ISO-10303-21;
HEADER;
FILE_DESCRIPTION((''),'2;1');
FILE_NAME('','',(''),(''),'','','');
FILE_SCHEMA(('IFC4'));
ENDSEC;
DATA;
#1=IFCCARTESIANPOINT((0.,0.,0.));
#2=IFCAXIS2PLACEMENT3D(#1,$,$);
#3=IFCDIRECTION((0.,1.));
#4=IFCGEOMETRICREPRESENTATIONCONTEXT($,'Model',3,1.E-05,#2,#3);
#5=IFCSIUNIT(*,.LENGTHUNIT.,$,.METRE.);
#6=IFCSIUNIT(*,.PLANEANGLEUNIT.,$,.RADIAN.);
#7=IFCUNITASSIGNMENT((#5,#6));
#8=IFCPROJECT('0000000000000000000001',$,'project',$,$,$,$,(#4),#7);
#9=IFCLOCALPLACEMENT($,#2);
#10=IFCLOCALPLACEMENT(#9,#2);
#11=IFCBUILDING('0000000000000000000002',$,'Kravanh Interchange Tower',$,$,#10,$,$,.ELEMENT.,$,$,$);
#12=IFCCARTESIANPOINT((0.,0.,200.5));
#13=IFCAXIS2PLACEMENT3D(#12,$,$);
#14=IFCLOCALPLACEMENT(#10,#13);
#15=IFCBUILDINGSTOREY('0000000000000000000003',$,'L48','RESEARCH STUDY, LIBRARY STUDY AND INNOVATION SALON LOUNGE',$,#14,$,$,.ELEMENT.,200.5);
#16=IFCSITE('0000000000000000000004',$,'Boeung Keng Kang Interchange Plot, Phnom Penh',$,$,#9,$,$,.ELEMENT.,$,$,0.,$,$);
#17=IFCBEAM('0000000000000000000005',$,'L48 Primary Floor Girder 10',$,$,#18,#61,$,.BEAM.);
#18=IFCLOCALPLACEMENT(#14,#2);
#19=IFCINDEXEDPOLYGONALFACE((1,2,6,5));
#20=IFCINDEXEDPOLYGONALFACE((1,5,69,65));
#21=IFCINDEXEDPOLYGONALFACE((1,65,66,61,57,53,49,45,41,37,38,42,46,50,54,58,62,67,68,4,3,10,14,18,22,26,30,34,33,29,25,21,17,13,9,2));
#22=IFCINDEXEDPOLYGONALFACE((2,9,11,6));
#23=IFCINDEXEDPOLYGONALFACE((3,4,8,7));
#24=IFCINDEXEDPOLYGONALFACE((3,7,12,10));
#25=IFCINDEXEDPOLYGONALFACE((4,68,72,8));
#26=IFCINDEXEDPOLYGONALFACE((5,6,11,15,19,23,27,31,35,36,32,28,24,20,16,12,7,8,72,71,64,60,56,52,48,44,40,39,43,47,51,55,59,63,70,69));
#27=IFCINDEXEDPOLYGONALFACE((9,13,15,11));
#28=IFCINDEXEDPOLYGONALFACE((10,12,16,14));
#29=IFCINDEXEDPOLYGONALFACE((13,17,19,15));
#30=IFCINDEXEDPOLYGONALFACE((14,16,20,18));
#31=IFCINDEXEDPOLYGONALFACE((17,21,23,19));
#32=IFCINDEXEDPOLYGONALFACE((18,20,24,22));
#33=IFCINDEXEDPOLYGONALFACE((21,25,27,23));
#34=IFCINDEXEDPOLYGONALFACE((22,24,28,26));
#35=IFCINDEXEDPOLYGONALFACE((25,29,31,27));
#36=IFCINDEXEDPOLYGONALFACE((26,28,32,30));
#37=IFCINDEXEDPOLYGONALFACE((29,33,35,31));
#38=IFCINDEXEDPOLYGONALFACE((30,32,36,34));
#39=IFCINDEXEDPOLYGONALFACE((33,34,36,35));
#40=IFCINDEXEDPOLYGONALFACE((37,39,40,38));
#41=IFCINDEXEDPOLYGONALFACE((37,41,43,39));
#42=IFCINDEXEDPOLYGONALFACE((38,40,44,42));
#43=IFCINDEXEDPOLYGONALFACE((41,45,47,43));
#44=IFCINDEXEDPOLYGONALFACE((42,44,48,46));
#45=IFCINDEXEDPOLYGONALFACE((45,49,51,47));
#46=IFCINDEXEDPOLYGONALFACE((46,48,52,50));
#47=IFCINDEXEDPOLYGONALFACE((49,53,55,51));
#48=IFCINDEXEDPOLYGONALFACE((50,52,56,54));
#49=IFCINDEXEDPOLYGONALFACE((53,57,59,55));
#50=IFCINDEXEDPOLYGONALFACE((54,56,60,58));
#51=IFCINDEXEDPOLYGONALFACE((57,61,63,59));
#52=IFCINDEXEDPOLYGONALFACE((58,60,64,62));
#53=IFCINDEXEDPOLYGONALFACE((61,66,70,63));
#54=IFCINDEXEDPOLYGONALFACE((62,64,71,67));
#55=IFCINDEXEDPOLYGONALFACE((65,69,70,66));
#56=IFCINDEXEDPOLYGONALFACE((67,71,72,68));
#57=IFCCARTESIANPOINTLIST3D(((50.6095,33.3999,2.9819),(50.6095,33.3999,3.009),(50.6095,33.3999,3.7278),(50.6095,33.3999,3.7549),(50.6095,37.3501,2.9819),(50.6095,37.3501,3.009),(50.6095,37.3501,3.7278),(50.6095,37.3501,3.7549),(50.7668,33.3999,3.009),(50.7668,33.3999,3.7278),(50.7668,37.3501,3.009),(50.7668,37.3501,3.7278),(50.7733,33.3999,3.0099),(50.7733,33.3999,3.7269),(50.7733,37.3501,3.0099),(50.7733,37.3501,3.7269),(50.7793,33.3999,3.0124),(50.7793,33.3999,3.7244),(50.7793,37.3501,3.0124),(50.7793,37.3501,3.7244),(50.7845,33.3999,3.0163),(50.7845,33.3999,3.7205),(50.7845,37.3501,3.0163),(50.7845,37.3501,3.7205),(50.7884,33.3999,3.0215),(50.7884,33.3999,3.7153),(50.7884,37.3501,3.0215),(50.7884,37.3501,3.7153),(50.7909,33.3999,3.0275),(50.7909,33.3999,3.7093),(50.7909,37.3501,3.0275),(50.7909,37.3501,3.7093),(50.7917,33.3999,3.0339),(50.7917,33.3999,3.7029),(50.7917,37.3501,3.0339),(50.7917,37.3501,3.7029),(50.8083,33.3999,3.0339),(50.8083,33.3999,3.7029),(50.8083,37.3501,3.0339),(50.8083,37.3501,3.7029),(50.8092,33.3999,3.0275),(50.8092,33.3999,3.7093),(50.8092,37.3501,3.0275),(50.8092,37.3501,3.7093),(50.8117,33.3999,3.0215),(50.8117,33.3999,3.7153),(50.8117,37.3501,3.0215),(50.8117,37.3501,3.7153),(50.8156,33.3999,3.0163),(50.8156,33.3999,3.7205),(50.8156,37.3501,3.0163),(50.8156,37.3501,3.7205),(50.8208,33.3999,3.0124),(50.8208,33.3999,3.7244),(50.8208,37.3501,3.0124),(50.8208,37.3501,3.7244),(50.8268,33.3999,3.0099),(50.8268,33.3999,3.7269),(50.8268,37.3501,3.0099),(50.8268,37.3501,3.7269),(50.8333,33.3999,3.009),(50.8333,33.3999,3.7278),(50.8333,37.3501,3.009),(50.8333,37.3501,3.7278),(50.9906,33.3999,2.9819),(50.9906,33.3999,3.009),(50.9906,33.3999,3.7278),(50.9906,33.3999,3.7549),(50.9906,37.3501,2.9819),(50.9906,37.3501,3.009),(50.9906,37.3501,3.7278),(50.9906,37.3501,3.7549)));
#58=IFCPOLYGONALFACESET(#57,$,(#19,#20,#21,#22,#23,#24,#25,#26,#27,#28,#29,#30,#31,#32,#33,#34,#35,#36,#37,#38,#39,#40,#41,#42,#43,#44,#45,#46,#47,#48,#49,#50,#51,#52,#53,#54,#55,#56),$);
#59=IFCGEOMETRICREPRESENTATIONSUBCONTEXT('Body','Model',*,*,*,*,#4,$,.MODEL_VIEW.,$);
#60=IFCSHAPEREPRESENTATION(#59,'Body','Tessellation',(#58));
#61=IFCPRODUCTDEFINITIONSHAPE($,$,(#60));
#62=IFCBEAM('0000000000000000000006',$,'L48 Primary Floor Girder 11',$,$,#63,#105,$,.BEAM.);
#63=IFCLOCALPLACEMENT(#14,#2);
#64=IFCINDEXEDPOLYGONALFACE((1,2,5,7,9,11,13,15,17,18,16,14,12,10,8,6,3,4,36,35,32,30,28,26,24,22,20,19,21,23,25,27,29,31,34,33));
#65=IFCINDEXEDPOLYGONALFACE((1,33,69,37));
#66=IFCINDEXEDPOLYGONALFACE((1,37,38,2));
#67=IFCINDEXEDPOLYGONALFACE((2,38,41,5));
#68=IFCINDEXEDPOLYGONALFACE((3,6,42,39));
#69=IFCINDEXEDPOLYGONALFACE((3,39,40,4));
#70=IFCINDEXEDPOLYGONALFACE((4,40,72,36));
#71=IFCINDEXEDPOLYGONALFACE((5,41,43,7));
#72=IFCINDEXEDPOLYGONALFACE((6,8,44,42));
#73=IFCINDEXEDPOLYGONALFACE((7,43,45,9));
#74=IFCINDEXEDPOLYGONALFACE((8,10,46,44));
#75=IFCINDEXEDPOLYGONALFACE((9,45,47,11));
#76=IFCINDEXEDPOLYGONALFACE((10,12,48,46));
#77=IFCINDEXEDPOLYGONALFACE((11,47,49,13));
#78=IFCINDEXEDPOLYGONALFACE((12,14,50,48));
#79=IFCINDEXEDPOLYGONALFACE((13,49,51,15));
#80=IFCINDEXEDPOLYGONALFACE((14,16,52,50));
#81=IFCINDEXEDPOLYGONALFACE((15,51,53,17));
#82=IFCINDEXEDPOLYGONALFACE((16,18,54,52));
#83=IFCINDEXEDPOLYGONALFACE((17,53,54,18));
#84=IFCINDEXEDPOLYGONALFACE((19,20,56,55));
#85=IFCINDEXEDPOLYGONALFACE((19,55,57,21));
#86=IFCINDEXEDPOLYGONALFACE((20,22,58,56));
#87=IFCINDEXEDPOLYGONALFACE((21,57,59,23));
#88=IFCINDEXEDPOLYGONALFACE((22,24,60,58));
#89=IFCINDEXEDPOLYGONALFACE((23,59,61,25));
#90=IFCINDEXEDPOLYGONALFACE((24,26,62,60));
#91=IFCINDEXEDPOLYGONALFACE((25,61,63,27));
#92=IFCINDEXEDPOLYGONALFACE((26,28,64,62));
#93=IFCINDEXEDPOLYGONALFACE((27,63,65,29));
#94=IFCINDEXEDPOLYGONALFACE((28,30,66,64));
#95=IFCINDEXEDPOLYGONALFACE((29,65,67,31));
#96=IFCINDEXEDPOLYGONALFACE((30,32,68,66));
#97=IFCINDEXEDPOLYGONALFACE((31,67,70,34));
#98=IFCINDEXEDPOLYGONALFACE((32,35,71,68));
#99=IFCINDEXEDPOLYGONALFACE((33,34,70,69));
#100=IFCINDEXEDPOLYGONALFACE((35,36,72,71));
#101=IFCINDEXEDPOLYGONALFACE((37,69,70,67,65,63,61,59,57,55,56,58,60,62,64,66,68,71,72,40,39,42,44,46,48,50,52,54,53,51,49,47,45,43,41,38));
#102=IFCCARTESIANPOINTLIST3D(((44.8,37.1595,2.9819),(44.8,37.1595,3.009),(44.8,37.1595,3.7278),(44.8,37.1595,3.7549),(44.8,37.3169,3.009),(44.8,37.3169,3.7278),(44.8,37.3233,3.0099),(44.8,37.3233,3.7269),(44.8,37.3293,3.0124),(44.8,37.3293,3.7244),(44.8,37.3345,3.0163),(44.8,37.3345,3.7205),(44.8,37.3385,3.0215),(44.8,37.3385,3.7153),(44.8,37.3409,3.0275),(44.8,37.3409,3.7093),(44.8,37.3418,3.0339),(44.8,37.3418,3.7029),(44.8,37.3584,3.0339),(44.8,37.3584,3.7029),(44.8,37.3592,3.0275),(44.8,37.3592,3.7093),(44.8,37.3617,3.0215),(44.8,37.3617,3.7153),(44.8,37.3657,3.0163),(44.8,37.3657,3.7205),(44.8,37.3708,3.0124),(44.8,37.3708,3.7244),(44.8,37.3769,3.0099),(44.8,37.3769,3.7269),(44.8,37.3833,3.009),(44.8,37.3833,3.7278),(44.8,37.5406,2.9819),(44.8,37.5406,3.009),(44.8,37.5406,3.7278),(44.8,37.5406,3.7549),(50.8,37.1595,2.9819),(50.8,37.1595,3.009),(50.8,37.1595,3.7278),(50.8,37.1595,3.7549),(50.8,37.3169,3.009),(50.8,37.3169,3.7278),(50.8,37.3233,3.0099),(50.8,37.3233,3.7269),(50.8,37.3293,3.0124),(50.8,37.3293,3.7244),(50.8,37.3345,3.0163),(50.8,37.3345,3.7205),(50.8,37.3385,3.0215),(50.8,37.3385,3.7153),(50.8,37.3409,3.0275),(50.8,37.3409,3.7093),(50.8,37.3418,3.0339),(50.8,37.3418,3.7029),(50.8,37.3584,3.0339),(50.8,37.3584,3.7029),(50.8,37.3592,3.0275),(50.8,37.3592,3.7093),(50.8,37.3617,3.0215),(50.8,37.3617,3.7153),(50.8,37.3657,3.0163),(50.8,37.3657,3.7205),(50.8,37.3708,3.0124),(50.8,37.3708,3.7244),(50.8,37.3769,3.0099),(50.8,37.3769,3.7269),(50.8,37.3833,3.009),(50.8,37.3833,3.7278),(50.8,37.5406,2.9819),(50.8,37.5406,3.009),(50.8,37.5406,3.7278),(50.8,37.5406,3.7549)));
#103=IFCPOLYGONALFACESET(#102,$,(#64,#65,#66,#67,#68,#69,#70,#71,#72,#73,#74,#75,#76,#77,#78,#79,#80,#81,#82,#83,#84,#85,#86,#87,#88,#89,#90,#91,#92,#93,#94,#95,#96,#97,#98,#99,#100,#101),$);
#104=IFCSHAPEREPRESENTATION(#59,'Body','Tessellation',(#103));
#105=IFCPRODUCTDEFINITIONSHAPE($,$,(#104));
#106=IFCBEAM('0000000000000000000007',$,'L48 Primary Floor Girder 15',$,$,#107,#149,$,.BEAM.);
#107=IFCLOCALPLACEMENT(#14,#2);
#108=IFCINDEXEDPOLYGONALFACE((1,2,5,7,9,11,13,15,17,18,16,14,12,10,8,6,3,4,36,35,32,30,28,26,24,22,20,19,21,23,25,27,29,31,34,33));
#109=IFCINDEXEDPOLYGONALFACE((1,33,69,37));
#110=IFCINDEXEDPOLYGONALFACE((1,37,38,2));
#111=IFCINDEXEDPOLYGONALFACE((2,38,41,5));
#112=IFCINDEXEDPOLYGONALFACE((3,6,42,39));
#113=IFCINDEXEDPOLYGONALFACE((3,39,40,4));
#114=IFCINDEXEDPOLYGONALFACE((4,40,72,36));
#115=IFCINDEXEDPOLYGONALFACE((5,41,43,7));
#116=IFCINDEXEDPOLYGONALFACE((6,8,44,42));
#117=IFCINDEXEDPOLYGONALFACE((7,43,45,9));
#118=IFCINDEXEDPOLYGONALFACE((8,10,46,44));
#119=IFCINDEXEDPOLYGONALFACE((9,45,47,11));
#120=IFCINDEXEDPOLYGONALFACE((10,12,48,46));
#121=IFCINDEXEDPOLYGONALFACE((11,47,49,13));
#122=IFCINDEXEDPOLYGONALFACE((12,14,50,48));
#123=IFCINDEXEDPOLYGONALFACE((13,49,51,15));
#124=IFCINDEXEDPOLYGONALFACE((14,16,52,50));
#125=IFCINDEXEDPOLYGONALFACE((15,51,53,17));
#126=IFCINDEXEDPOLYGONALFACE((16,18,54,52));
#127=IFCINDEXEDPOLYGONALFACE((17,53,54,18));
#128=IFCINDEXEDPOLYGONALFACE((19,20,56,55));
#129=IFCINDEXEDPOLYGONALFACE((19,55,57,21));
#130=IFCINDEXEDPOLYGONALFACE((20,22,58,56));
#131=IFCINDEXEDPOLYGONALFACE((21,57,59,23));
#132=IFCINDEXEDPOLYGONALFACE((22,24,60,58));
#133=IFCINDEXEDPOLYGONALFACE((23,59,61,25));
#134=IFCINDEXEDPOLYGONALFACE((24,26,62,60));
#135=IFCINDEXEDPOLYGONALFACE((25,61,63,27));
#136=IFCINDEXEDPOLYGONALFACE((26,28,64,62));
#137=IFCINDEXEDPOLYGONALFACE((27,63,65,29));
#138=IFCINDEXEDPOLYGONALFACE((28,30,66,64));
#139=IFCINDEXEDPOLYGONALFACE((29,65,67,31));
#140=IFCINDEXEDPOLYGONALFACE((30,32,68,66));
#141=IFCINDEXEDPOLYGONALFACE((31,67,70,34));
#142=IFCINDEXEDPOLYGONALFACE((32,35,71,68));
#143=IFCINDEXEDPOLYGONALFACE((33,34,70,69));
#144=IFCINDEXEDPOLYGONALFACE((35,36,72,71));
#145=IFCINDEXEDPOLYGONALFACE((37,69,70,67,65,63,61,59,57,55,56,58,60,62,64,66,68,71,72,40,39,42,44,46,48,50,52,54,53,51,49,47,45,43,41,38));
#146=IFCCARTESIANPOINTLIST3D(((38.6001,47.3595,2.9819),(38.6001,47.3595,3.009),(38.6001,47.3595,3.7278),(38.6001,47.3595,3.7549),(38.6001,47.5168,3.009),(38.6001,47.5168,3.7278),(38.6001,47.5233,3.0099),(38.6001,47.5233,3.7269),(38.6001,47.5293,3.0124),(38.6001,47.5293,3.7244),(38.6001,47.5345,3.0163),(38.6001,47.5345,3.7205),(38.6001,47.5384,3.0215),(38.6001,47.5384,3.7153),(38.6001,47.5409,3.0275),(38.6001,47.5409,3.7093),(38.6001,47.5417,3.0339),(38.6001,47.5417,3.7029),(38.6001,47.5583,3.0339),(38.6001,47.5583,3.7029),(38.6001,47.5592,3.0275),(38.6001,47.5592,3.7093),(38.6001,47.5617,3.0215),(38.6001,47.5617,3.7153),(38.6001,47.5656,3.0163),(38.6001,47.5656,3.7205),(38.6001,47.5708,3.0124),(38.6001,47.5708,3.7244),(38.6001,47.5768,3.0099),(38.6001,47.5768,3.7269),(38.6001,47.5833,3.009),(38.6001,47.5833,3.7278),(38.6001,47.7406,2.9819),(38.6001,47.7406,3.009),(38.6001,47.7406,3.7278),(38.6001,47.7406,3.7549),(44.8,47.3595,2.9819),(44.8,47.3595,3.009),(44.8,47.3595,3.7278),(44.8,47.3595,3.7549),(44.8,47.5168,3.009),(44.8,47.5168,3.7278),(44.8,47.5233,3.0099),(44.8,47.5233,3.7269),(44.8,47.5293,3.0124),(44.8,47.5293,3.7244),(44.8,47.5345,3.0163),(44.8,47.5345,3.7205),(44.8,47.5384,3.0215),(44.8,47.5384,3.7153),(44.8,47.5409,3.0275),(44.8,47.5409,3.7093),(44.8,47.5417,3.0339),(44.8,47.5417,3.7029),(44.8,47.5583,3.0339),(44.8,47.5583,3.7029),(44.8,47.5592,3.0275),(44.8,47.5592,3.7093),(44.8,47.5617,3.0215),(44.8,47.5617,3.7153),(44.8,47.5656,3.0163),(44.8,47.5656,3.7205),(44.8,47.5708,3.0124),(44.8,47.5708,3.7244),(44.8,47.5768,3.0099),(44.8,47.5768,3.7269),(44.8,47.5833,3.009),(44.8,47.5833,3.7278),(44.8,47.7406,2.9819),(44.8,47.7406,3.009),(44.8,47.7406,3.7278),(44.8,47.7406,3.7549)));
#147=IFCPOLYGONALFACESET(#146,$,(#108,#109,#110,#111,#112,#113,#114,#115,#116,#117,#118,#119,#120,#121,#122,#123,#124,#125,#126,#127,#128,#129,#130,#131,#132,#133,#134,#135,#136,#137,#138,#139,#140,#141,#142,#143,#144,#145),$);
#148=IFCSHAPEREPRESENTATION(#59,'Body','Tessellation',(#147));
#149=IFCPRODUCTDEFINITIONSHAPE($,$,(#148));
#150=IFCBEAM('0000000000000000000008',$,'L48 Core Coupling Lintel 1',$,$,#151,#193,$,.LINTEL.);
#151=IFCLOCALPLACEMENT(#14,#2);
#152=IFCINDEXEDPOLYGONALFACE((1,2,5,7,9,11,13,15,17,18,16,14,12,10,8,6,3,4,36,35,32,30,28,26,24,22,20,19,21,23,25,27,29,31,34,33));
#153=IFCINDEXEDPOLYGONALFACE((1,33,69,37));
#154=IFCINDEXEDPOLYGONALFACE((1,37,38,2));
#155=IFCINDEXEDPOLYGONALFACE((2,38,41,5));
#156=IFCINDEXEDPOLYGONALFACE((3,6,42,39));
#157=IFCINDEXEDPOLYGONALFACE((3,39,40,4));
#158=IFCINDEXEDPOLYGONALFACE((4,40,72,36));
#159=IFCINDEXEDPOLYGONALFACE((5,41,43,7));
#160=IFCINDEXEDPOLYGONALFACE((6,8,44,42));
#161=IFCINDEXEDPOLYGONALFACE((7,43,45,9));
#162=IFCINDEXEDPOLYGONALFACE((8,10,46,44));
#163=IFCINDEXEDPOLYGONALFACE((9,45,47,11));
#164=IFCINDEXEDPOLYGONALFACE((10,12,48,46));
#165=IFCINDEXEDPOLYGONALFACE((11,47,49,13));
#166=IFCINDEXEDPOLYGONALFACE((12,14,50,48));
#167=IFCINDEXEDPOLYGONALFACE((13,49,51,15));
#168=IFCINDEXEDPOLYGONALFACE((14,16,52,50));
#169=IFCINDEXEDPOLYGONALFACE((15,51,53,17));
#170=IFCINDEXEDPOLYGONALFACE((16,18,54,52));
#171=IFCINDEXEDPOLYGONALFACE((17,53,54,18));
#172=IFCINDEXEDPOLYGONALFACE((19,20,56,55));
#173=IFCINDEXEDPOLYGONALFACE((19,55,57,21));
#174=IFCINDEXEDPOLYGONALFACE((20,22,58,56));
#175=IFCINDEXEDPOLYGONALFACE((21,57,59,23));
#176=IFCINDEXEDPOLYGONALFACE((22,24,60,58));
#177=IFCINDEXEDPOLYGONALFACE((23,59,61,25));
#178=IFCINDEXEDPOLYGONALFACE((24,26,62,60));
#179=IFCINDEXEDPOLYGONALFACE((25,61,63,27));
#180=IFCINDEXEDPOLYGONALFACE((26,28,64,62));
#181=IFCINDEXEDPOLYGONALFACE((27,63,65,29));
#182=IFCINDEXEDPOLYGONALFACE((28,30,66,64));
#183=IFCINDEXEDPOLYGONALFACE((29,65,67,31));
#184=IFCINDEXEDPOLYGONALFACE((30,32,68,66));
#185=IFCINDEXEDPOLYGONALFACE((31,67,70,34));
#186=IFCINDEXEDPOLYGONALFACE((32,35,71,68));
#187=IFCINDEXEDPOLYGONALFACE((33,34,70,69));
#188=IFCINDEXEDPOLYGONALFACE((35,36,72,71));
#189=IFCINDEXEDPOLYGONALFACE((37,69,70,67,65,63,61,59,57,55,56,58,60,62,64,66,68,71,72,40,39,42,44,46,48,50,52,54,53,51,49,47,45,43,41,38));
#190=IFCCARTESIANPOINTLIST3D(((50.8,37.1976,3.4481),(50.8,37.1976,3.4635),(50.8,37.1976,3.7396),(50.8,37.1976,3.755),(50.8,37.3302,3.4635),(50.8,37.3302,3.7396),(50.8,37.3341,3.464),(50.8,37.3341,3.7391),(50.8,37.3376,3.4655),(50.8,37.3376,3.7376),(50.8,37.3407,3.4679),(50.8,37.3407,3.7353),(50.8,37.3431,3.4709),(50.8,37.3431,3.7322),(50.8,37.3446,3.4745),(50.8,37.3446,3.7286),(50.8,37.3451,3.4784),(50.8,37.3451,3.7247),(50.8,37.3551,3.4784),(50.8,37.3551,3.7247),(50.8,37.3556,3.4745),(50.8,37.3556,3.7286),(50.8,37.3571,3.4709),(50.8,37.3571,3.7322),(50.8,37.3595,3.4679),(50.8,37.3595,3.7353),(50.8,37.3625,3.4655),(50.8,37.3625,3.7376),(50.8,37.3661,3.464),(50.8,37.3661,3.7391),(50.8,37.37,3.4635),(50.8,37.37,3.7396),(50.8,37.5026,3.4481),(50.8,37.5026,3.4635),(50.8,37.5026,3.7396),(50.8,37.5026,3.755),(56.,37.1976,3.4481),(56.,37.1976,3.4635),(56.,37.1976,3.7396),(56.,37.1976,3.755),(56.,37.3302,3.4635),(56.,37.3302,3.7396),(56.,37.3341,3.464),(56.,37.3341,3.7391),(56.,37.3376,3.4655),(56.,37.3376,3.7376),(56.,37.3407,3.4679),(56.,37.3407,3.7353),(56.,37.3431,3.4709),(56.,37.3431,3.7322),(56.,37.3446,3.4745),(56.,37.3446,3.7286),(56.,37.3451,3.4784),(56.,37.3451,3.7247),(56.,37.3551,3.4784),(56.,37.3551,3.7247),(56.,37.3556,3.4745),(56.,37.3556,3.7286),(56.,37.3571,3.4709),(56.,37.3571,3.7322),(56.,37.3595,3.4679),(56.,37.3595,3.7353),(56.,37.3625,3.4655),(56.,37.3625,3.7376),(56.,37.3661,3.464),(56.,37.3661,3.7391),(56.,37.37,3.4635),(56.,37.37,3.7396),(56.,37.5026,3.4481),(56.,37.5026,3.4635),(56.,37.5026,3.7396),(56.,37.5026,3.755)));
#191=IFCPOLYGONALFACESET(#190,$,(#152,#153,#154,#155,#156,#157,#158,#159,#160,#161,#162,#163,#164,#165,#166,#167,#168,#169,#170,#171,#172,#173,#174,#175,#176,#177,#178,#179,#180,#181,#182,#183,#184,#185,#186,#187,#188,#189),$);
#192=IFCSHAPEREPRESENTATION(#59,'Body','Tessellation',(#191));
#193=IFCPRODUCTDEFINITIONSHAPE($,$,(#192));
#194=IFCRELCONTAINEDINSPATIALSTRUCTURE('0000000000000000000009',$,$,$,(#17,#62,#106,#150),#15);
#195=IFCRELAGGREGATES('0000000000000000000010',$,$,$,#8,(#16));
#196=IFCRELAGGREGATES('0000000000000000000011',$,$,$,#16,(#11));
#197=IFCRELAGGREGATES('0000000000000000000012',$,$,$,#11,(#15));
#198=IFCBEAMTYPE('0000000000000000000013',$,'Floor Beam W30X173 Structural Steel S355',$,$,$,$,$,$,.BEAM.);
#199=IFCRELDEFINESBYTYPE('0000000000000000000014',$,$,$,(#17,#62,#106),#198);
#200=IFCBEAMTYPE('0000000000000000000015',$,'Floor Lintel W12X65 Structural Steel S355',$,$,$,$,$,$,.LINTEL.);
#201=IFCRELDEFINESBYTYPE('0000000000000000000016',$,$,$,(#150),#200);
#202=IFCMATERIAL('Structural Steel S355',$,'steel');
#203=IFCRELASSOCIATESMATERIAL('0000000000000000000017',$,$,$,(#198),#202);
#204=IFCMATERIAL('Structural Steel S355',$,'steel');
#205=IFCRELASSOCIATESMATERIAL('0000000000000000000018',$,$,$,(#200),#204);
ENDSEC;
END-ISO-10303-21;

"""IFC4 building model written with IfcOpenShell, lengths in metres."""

from ifc_helpers import new_model, si_unit, direction, frame, origin, origin_2d, place, context, subcontext, project, spatial, i_section, extrude, material, material_profile, profile_set, type_object, element, save


model = new_model("IFC4")

# Units and contexts
model_context = context("Model", 3, precision=1e-05, world=origin(), true_north=direction((0.0, 1.0)))
body_context = subcontext(model_context, "Body", "Model", "MODEL_VIEW")
ifc_project = project(units=[si_unit("LENGTHUNIT", "METRE"), si_unit("PLANEANGLEUNIT", "RADIAN")], contexts=[model_context])

# Site, building, storey
site_placement = place(None, origin())
site = spatial("IfcSite", under=ifc_project, at=site_placement, Name="Boeung Keng Kang Interchange Plot, Phnom Penh", CompositionType="ELEMENT", RefElevation=0.0)
building_placement = place(site_placement, origin())
building = spatial("IfcBuilding", under=site, at=building_placement, Name="Kravanh Interchange Tower", CompositionType="ELEMENT")
storey_placement = place(building_placement, frame((0.0, 0.0, 200.5)))
storey = spatial("IfcBuildingStorey", under=building, at=storey_placement, Name="L48", Description="RESEARCH STUDY, LIBRARY STUDY AND INNOVATION SALON LOUNGE", CompositionType="ELEMENT", Elevation=200.5)

# Beams
ifc_material_1 = material(Name="Structural Steel S355", Category="steel")
ifc_material_profile_1 = material_profile(ifc_material_1, i_section(OverallWidth=0.3811, OverallDepth=0.7729, WebThickness=0.0166, FlangeThickness=0.0271, FilletRadius=0.0249, at=origin_2d()), Name="W30X173")
ifc_profile_set_1 = profile_set([ifc_material_profile_1], Name="Structural Steel S355")
beam_type_1 = type_object("IfcBeamType", Name="Floor Beam W30X173 Structural Steel S355", PredefinedType="BEAM", material=ifc_profile_set_1)
beam_1_placement = place(storey_placement, frame((50.8, 37.3501, 3.3684), z_axis=(0.0, -1.0, 0.0), x_axis=(1.0, 0.0, 0.0)))
element("IfcBeam", 1, at=beam_1_placement, inside=storey, type_object=beam_type_1, Name="L48 Primary Floor Girder 10", PredefinedType="BEAM", context=body_context, shape_type="SweptSolid", body=[
    extrude(i_section(OverallWidth=0.3811, OverallDepth=0.7729, WebThickness=0.0166, FlangeThickness=0.0271, FilletRadius=0.0249, at=origin_2d()), origin(), (0.0, 0.0, 1.0), 3.9502),
])
beam_2_placement = place(storey_placement, frame((50.8, 37.3501, 3.3684), z_axis=(-1.0, 0.0, 0.0), x_axis=(0.0, -1.0, 0.0)))
element("IfcBeam", 2, at=beam_2_placement, inside=storey, type_object=beam_type_1, Name="L48 Primary Floor Girder 11", PredefinedType="BEAM", context=body_context, shape_type="SweptSolid", body=[
    extrude(i_section(OverallWidth=0.3811, OverallDepth=0.7729, WebThickness=0.0166, FlangeThickness=0.0271, FilletRadius=0.0249, at=origin_2d()), origin(), (0.0, 0.0, 1.0), 6.0),
])
beam_3_placement = place(storey_placement, frame((44.8, 47.55, 3.3684), z_axis=(-1.0, 0.0, 0.0), x_axis=(0.0, -1.0, 0.0)))
element("IfcBeam", 3, at=beam_3_placement, inside=storey, type_object=beam_type_1, Name="L48 Primary Floor Girder 15", PredefinedType="BEAM", context=body_context, shape_type="SweptSolid", body=[
    extrude(i_section(OverallWidth=0.3811, OverallDepth=0.7729, WebThickness=0.0166, FlangeThickness=0.0271, FilletRadius=0.0249, at=origin_2d()), origin(), (0.0, 0.0, 1.0), 6.2),
])
ifc_material_2 = material(Name="Structural Steel S355", Category="steel")
ifc_material_profile_2 = material_profile(ifc_material_2, i_section(OverallWidth=0.3049, OverallDepth=0.3069, WebThickness=0.01, FlangeThickness=0.0154, FilletRadius=0.0149, at=origin_2d()), Name="W12X65")
ifc_profile_set_2 = profile_set([ifc_material_profile_2], Name="Structural Steel S355")
beam_type_2 = type_object("IfcBeamType", Name="Floor Lintel W12X65 Structural Steel S355", PredefinedType="LINTEL", material=ifc_profile_set_2)
beam_4_placement = place(storey_placement, frame((50.8, 37.3501, 3.6016), z_axis=(1.0, 0.0, 0.0), x_axis=(0.0, 1.0, 0.0)))
element("IfcBeam", 4, at=beam_4_placement, inside=storey, type_object=beam_type_2, Name="L48 Core Coupling Lintel 1", PredefinedType="LINTEL", context=body_context, shape_type="SweptSolid", body=[
    extrude(i_section(OverallWidth=0.3049, OverallDepth=0.3069, WebThickness=0.01, FlangeThickness=0.0154, FilletRadius=0.0149, at=origin_2d()), origin(), (0.0, 0.0, 1.0), 5.2),
])

save(model, "model.ifc")
